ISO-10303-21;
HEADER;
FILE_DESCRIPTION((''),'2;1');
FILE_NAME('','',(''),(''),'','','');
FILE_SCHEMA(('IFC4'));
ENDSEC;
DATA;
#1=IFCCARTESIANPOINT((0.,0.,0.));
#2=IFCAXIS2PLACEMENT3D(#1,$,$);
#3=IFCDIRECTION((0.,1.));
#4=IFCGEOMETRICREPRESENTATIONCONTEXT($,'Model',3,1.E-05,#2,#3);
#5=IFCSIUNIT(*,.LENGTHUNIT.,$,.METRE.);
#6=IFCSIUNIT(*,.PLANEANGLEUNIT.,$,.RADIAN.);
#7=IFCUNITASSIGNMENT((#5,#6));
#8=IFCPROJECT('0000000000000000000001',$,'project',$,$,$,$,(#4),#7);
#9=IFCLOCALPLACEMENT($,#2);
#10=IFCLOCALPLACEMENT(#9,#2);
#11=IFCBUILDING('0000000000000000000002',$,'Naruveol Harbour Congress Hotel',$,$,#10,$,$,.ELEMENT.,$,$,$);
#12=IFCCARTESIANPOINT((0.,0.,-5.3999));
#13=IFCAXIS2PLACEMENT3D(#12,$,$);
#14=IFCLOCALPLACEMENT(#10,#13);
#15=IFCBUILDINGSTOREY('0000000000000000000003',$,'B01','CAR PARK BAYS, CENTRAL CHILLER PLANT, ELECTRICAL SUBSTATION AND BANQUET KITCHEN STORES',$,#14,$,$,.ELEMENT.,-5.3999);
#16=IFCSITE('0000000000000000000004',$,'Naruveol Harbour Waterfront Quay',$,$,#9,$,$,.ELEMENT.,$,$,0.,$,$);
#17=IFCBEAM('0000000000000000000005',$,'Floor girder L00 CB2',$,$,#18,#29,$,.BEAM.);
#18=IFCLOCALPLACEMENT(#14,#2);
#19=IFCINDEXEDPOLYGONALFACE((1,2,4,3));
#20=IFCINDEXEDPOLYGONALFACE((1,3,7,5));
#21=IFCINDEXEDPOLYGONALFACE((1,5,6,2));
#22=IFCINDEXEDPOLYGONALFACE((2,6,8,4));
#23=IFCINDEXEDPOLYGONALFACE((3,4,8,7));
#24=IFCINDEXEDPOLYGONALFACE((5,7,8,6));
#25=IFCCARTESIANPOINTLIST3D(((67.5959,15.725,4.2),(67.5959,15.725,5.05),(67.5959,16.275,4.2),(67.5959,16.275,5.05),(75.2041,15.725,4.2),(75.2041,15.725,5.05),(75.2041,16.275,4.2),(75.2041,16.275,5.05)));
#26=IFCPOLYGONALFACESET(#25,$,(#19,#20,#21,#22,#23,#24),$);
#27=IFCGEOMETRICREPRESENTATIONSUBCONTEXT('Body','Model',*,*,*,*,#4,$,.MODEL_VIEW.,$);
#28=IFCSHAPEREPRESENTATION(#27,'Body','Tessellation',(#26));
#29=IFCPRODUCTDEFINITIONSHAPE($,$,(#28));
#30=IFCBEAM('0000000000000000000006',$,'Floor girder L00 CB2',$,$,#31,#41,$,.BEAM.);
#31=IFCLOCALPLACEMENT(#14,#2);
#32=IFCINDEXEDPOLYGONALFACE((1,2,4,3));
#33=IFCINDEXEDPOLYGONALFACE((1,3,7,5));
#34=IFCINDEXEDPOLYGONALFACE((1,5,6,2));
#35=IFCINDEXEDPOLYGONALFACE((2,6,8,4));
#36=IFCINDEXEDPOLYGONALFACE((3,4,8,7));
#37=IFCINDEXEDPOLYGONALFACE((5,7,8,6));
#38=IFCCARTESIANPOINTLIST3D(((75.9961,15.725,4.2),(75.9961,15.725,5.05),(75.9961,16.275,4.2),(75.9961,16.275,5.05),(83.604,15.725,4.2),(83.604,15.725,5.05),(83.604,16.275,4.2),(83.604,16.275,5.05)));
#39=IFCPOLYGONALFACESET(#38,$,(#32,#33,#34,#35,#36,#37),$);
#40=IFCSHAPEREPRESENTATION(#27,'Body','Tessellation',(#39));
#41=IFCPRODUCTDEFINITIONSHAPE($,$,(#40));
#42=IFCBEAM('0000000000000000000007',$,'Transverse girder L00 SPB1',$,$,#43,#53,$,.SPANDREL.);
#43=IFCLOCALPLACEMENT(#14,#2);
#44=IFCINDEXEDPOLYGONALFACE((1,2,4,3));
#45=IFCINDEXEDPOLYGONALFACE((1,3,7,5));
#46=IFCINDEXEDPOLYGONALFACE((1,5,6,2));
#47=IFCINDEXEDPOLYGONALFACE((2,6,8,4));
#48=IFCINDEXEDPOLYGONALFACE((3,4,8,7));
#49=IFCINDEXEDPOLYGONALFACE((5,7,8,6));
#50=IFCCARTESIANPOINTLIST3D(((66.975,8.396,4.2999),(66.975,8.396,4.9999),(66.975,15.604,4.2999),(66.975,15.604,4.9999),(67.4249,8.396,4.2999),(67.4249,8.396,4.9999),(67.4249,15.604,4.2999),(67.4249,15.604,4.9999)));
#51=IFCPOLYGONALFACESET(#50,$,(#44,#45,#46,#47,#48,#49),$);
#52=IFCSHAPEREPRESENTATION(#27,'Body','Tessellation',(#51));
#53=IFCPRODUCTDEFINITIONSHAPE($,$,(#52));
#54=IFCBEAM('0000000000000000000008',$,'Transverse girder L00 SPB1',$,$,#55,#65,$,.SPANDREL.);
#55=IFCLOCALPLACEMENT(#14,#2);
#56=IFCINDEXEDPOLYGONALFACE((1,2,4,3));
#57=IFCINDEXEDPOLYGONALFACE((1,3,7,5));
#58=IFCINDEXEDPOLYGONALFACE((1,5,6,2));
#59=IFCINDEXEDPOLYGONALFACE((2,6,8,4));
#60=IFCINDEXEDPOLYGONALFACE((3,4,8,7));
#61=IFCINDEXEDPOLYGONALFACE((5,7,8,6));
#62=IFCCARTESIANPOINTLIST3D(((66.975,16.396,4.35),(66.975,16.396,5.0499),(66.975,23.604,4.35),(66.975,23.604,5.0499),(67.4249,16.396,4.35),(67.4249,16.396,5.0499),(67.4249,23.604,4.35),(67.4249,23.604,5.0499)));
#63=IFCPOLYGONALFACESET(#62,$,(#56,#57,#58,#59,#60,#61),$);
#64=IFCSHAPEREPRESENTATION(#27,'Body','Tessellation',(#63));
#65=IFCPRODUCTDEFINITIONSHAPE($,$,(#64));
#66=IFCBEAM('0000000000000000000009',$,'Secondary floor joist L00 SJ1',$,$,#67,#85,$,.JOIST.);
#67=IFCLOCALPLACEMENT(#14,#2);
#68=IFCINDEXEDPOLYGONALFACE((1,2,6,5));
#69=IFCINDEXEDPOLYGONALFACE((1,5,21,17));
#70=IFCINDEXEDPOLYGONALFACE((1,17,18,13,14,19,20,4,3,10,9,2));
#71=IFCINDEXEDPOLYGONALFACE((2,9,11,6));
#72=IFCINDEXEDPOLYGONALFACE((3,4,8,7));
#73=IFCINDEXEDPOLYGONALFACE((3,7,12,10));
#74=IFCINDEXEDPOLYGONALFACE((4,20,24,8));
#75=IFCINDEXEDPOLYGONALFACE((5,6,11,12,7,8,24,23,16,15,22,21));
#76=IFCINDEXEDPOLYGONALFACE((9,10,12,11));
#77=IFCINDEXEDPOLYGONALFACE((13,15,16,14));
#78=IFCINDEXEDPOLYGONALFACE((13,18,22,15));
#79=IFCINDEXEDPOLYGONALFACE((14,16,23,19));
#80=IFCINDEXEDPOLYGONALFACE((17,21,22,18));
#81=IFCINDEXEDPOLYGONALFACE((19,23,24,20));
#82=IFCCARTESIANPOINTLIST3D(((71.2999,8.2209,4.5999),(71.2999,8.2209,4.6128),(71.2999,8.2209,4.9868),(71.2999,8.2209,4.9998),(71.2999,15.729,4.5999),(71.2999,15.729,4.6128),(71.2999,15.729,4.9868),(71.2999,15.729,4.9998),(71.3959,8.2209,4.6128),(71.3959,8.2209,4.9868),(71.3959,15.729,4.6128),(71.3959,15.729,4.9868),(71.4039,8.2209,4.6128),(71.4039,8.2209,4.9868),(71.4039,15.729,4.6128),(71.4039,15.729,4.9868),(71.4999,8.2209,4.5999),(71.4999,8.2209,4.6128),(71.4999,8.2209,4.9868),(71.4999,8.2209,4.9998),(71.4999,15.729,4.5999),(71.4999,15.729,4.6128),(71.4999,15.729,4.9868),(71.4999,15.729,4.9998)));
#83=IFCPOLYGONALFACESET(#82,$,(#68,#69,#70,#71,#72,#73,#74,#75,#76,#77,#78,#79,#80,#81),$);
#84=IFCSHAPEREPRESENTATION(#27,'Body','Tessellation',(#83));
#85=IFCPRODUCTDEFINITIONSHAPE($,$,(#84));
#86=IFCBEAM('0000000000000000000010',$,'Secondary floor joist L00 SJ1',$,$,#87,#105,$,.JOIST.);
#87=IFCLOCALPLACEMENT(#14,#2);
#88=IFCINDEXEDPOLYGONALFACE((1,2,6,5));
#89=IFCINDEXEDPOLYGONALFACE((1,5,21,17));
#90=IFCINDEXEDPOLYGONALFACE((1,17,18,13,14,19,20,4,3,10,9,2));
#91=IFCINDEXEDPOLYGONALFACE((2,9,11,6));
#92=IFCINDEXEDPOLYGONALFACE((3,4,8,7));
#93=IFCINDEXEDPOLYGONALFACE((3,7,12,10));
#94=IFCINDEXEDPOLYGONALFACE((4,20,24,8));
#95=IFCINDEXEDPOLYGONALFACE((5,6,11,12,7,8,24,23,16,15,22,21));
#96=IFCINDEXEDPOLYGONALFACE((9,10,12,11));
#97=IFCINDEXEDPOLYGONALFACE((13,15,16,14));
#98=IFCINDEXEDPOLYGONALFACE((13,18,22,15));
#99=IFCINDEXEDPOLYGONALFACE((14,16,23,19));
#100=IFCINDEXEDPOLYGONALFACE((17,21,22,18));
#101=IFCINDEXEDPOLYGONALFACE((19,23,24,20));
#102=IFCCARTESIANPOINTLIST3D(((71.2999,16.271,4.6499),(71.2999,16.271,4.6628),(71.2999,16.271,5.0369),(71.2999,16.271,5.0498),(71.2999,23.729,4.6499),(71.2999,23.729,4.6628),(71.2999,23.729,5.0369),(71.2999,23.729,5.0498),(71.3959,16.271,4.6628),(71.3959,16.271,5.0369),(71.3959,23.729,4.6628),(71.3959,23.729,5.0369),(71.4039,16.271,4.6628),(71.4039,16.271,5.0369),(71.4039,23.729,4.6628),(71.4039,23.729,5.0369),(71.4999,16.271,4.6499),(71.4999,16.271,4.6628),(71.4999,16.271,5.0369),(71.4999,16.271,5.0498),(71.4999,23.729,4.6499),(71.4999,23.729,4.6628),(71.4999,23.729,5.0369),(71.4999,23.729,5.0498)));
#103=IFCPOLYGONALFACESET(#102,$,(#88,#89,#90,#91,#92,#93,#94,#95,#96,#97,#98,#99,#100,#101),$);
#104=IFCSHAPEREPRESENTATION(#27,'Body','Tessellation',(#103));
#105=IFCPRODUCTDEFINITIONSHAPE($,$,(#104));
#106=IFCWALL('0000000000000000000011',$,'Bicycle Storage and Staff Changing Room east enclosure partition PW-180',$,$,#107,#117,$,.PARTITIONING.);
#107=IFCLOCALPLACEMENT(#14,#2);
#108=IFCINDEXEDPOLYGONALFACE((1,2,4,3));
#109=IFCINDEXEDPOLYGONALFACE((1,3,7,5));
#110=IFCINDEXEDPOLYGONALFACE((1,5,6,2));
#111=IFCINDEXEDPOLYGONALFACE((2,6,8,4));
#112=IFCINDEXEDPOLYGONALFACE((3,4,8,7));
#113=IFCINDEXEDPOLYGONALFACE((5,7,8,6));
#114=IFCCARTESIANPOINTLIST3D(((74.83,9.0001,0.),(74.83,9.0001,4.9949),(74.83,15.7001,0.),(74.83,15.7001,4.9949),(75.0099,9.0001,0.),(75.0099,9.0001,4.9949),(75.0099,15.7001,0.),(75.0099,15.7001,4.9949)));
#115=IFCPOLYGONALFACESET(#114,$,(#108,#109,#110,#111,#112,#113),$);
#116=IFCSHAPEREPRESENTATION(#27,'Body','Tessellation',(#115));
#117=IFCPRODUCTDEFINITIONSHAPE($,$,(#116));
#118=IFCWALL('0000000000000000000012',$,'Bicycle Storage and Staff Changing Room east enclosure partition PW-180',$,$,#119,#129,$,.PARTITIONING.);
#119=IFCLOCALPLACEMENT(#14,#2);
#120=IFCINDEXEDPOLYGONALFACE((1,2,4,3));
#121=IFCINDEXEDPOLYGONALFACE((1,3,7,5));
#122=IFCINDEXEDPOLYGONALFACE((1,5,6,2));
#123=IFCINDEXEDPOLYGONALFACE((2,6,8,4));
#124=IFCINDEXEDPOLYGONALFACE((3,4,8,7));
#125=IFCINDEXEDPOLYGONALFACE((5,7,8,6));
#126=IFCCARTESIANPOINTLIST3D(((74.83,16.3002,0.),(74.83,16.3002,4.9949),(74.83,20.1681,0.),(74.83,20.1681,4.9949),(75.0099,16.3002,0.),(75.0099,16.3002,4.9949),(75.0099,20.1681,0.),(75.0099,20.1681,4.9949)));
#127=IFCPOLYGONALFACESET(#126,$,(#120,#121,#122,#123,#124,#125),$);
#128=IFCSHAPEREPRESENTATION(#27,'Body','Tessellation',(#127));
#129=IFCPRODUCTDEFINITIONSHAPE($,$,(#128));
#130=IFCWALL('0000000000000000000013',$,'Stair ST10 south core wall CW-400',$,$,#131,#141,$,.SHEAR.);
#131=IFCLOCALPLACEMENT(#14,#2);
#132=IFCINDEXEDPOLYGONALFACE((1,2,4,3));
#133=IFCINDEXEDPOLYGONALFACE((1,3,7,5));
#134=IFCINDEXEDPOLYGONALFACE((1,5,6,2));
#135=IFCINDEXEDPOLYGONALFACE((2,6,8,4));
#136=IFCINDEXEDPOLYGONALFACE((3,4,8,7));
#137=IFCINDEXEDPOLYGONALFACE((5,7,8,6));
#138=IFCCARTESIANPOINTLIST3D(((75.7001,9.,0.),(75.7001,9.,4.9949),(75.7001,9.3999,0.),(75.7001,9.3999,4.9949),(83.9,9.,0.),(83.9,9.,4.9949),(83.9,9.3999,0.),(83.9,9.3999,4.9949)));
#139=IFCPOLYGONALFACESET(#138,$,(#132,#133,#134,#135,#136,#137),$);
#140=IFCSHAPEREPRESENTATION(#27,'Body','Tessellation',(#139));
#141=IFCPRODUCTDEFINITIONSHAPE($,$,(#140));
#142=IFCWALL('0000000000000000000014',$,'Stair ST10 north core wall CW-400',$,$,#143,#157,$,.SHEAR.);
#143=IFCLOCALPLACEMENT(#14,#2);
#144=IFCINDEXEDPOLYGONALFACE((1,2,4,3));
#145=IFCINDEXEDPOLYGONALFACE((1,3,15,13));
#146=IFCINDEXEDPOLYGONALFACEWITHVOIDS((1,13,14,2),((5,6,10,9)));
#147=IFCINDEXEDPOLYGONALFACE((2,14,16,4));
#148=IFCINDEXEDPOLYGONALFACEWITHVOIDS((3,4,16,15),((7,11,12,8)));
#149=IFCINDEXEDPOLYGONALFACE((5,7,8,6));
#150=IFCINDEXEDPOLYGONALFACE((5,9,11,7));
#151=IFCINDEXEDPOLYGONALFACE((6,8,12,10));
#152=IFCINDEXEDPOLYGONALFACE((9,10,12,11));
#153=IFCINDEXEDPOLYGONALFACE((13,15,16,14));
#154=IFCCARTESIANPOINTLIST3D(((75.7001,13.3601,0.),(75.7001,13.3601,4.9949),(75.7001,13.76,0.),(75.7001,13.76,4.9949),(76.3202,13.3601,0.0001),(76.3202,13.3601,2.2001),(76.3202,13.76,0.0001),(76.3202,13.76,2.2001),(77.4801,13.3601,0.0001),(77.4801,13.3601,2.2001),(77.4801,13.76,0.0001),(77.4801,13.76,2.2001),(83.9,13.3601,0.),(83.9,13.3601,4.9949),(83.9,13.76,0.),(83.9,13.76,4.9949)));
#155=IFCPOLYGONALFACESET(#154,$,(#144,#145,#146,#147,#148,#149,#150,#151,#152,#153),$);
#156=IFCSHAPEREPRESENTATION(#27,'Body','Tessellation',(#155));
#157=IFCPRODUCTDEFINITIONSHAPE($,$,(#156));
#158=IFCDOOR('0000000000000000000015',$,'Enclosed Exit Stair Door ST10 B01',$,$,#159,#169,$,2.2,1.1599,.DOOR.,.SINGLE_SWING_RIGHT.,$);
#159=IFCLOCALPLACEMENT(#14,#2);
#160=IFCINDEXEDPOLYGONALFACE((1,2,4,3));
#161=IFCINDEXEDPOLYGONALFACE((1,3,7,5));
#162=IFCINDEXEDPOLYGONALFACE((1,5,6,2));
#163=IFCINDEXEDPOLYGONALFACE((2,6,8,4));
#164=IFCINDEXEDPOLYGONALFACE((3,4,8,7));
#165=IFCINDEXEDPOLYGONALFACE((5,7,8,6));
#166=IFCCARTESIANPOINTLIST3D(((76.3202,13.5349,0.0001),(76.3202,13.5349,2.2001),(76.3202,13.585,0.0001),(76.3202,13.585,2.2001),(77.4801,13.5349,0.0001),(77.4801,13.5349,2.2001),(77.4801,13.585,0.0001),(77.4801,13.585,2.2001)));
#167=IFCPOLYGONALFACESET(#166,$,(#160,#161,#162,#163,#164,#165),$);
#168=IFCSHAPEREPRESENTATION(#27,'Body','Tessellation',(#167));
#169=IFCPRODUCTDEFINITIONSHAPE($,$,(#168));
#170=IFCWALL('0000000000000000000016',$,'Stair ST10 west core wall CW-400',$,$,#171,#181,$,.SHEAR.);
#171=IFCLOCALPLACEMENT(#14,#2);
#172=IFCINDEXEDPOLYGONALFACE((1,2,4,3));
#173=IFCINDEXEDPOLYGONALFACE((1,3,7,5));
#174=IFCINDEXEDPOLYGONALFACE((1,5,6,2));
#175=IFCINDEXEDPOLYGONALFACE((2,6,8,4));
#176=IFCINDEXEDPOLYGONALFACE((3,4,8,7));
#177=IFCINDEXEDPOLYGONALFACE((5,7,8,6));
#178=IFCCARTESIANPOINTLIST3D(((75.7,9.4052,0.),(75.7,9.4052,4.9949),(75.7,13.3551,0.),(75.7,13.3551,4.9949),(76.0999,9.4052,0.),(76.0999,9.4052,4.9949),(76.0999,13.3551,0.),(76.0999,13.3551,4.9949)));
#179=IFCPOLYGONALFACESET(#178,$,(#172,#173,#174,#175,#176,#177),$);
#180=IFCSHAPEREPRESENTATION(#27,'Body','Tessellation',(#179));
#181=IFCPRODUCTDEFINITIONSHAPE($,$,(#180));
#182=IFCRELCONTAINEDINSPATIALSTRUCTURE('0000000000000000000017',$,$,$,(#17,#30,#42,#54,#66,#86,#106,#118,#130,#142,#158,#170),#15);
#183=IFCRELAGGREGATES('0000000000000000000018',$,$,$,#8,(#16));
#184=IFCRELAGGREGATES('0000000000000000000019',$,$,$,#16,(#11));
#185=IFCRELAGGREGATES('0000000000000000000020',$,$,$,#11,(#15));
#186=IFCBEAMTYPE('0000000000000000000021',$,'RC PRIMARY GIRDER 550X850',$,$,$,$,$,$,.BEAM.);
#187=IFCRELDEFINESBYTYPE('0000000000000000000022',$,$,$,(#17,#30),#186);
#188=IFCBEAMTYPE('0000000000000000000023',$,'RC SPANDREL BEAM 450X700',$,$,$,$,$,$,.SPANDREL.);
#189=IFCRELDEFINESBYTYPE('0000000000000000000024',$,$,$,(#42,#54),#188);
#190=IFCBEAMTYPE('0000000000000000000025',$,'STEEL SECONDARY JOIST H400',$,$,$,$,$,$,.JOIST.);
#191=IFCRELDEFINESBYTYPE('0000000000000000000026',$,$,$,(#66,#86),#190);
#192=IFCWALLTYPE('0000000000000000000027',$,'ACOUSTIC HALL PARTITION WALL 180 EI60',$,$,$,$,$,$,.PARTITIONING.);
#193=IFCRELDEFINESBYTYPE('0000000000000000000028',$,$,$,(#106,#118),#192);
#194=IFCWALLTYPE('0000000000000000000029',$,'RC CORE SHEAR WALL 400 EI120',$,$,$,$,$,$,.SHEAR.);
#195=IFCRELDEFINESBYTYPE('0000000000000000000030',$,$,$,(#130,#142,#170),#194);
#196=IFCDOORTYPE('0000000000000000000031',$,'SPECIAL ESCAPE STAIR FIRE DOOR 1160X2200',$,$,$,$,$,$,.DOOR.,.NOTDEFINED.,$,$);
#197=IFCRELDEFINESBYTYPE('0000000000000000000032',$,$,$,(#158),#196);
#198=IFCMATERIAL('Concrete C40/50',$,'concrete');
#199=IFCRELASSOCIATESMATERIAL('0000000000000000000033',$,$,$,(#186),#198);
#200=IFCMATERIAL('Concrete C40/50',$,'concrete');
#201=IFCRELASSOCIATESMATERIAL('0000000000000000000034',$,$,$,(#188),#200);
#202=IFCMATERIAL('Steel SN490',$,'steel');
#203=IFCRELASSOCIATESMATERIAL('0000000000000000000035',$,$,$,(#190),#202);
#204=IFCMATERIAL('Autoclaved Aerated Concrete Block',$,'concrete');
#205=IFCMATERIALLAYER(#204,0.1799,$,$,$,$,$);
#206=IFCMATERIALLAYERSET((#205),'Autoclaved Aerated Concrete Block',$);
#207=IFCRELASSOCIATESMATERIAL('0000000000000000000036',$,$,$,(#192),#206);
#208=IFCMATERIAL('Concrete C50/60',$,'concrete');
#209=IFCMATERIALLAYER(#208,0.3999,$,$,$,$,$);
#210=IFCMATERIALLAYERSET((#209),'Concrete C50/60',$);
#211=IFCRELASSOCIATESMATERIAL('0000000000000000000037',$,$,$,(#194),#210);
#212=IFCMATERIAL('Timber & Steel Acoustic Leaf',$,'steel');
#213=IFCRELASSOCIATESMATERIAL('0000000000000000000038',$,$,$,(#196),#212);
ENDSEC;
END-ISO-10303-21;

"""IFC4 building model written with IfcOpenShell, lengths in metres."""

from ifc_helpers import new_model, si_unit, direction, frame, frame_2d, origin, origin_2d, place, context, subcontext, project, spatial, rectangle, i_section, extrude, material, layer, layer_set, material_profile, profile_set, type_object, element, fill, save


model = new_model("IFC4")

# Units and contexts
model_context = context("Model", 3, precision=1e-05, world=origin(), true_north=direction((0.0, 1.0)))
body_context = subcontext(model_context, "Body", "Model", "MODEL_VIEW")
ifc_project = project(units=[si_unit("LENGTHUNIT", "METRE"), si_unit("PLANEANGLEUNIT", "RADIAN")], contexts=[model_context])

# Site, building, storey
site_placement = place(None, origin())
site = spatial("IfcSite", under=ifc_project, at=site_placement, Name="Naruveol Harbour Waterfront Quay", CompositionType="ELEMENT", RefElevation=0.0)
building_placement = place(site_placement, origin())
building = spatial("IfcBuilding", under=site, at=building_placement, Name="Naruveol Harbour Congress Hotel", CompositionType="ELEMENT")
storey_placement = place(building_placement, frame((0.0, 0.0, -5.3999)))
storey = spatial("IfcBuildingStorey", under=building, at=storey_placement, Name="B01", Description="CAR PARK BAYS, CENTRAL CHILLER PLANT, ELECTRICAL SUBSTATION AND BANQUET KITCHEN STORES", CompositionType="ELEMENT", Elevation=-5.3999)

# Beams
ifc_material_1 = material(Name="Concrete C40/50", Category="concrete")
ifc_material_profile_1 = material_profile(ifc_material_1, rectangle(XDim=0.55, YDim=0.8501, at=origin_2d()), Name="RCB-550x850")
ifc_profile_set_1 = profile_set([ifc_material_profile_1], Name="Concrete C40/50")
beam_type_1 = type_object("IfcBeamType", Name="RC PRIMARY GIRDER 550X850", PredefinedType="BEAM", material=ifc_profile_set_1)
beam_1_placement = place(storey_placement, frame((67.5959, 16.0, 4.625), z_axis=(1.0, 0.0, 0.0), x_axis=(0.0, 1.0, 0.0)))
element("IfcBeam", 1, at=beam_1_placement, inside=storey, type_object=beam_type_1, Name="Floor girder L00 CB2", PredefinedType="BEAM", context=body_context, shape_type="SweptSolid", body=[
    extrude(rectangle(XDim=0.55, YDim=0.8501, at=origin_2d()), origin(), (0.0, 0.0, 1.0), 7.6082),
])
beam_2_placement = place(storey_placement, frame((75.9961, 16.0, 4.625), z_axis=(1.0, 0.0, 0.0), x_axis=(0.0, 1.0, 0.0)))
element("IfcBeam", 2, at=beam_2_placement, inside=storey, type_object=beam_type_1, Name="Floor girder L00 CB2", PredefinedType="BEAM", context=body_context, shape_type="SweptSolid", body=[
    extrude(rectangle(XDim=0.55, YDim=0.8501, at=origin_2d()), origin(), (0.0, 0.0, 1.0), 7.6079),
])
ifc_material_2 = material(Name="Concrete C40/50", Category="concrete")
ifc_material_profile_2 = material_profile(ifc_material_2, rectangle(XDim=0.45, YDim=0.7, at=origin_2d()), Name="RCB-450x700")
ifc_profile_set_2 = profile_set([ifc_material_profile_2], Name="Concrete C40/50")
beam_type_2 = type_object("IfcBeamType", Name="RC SPANDREL BEAM 450X700", PredefinedType="SPANDREL", material=ifc_profile_set_2)
for number, where, z_axis, x_axis, name in (
    (3, (67.2, 8.396, 4.6499), (0.0, 1.0, 0.0), (-1.0, 0.0, 0.0), "Transverse girder L00 SPB1"),
    (4, (67.2, 16.396, 4.7), (0.0, 1.0, 0.0), (-1.0, 0.0, 0.0), "Transverse girder L00 SPB1"),
):
    element("IfcBeam", number, at=place(storey_placement, frame(where, z_axis=z_axis, x_axis=x_axis)), inside=storey, type_object=beam_type_2, Name=name, PredefinedType="SPANDREL", context=body_context, shape_type="SweptSolid", body=[
        extrude(rectangle(XDim=0.45, YDim=0.7, at=origin_2d()), origin(), (0.0, 0.0, 1.0), 7.208),
    ])
ifc_material_3 = material(Name="Steel SN490", Category="steel")
ifc_material_profile_3 = material_profile(ifc_material_3, i_section(OverallWidth=0.2, OverallDepth=0.3999, WebThickness=0.0081, FlangeThickness=0.0129, at=origin_2d()), Name="H-400x200x8x13")
ifc_profile_set_3 = profile_set([ifc_material_profile_3], Name="Steel SN490")
beam_type_3 = type_object("IfcBeamType", Name="STEEL SECONDARY JOIST H400", PredefinedType="JOIST", material=ifc_profile_set_3)
beam_3_placement = place(storey_placement, frame((71.3999, 8.2209, 4.7998), z_axis=(0.0, 1.0, 0.0), x_axis=(-1.0, 0.0, 0.0)))
element("IfcBeam", 5, at=beam_3_placement, inside=storey, type_object=beam_type_3, Name="Secondary floor joist L00 SJ1", PredefinedType="JOIST", context=body_context, shape_type="SweptSolid", body=[
    extrude(i_section(OverallWidth=0.2, OverallDepth=0.3999, WebThickness=0.0081, FlangeThickness=0.0129, at=origin_2d()), origin(), (0.0, 0.0, 1.0), 7.5081),
])
beam_4_placement = place(storey_placement, frame((71.3999, 16.271, 4.8499), z_axis=(0.0, 1.0, 0.0), x_axis=(-1.0, 0.0, 0.0)))
element("IfcBeam", 6, at=beam_4_placement, inside=storey, type_object=beam_type_3, Name="Secondary floor joist L00 SJ1", PredefinedType="JOIST", context=body_context, shape_type="SweptSolid", body=[
    extrude(i_section(OverallWidth=0.2, OverallDepth=0.3999, WebThickness=0.0081, FlangeThickness=0.0129, at=origin_2d()), origin(), (0.0, 0.0, 1.0), 7.458),
])

# Walls
ifc_material_4 = material(Name="Autoclaved Aerated Concrete Block", Category="concrete")
ifc_layer_1 = layer(ifc_material_4, 0.1799)
ifc_layer_set_1 = layer_set([ifc_layer_1], Name="Autoclaved Aerated Concrete Block")
wall_type_1 = type_object("IfcWallType", Name="ACOUSTIC HALL PARTITION WALL 180 EI60", PredefinedType="PARTITIONING", material=ifc_layer_set_1)
wall_1_placement = place(storey_placement, frame((74.9199, 9.0, 0.0), z_axis=(0.0, 0.0, 1.0), x_axis=(0.0, 1.0, 0.0)))
element("IfcWall", 7, at=wall_1_placement, inside=storey, type_object=wall_type_1, Name="Bicycle Storage and Staff Changing Room east enclosure partition PW-180", PredefinedType="PARTITIONING", context=body_context, shape_type="SweptSolid", body=[
    extrude(rectangle(XDim=6.7, YDim=0.1799, at=frame_2d((3.3501, 0.0))), origin(), (0.0, 0.0, 1.0), 4.9949),
])
wall_2_placement = place(storey_placement, frame((74.9199, 16.3, 0.0), z_axis=(0.0, 0.0, 1.0), x_axis=(0.0, 1.0, 0.0)))
element("IfcWall", 8, at=wall_2_placement, inside=storey, type_object=wall_type_1, Name="Bicycle Storage and Staff Changing Room east enclosure partition PW-180", PredefinedType="PARTITIONING", context=body_context, shape_type="SweptSolid", body=[
    extrude(rectangle(XDim=3.8679, YDim=0.1799, at=frame_2d((1.9341, 0.0))), origin(), (0.0, 0.0, 1.0), 4.9949),
])
ifc_material_5 = material(Name="Concrete C50/60", Category="concrete")
ifc_layer_2 = layer(ifc_material_5, 0.3999)
ifc_layer_set_2 = layer_set([ifc_layer_2], Name="Concrete C50/60")
wall_type_2 = type_object("IfcWallType", Name="RC CORE SHEAR WALL 400 EI120", PredefinedType="SHEAR", material=ifc_layer_set_2)
wall_3_placement = place(storey_placement, frame((75.7, 9.2, 0.0), z_axis=(0.0, 0.0, 1.0), x_axis=(1.0, 0.0, 0.0)))
element("IfcWall", 9, at=wall_3_placement, inside=storey, type_object=wall_type_2, Name="Stair ST10 south core wall CW-400", PredefinedType="SHEAR", context=body_context, shape_type="SweptSolid", body=[
    extrude(rectangle(XDim=8.2, YDim=0.3999, at=frame_2d((4.1001, 0.0))), origin(), (0.0, 0.0, 1.0), 4.9949),
])

# Wall, opening, door
wall_4_placement = place(storey_placement, frame((75.7, 13.5601, 0.0), z_axis=(0.0, 0.0, 1.0), x_axis=(1.0, 0.0, 0.0)))
wall_4 = element("IfcWall", 10, at=wall_4_placement, inside=storey, type_object=wall_type_2, Name="Stair ST10 north core wall CW-400", PredefinedType="SHEAR", context=body_context, shape_type="SweptSolid", body=[
    extrude(rectangle(XDim=8.2, YDim=0.3999, at=frame_2d((4.1001, 0.0))), origin(), (0.0, 0.0, 1.0), 4.9949),
])
opening_placement = place(wall_4_placement, frame((0.6201, 0.0, 0.0)))
opening = element("IfcOpeningElement", 11, at=opening_placement, cuts=wall_4, PredefinedType="OPENING", context=body_context, shape_type="SweptSolid", body=[
    extrude(rectangle(XDim=1.1599, YDim=2.2, at=frame_2d((0.5801, 1.1001))), frame((0.0, 0.21, 0.0), z_axis=(0.0, -1.0, 0.0), x_axis=(1.0, 0.0, 0.0)), (0.0, 0.0, 1.0), 0.4199),
])
ifc_material_6 = material(Name="Timber & Steel Acoustic Leaf", Category="steel")
door_type = type_object("IfcDoorType", Name="SPECIAL ESCAPE STAIR FIRE DOOR 1160X2200", OperationType="NOTDEFINED", PredefinedType="DOOR", material=ifc_material_6)
door_placement = place(opening_placement, origin())
door = element("IfcDoor", 12, at=door_placement, inside=storey, type_object=door_type, Name="Enclosed Exit Stair Door ST10 B01", OperationType="SINGLE_SWING_RIGHT", OverallHeight=2.2, OverallWidth=1.1599, PredefinedType="DOOR", context=body_context, shape_type="SweptSolid", body=[
    extrude(rectangle(XDim=1.1599, YDim=2.2, at=frame_2d((0.5801, 1.1001))), frame((0.0, 0.0249, 0.0), z_axis=(0.0, -1.0, 0.0), x_axis=(1.0, 0.0, 0.0)), (0.0, 0.0, 1.0), 0.05),
])
fill(opening, door)

# Wall
wall_5_placement = place(storey_placement, frame((75.8999, 9.405, 0.0), z_axis=(0.0, 0.0, 1.0), x_axis=(0.0, 1.0, 0.0)))
element("IfcWall", 13, at=wall_5_placement, inside=storey, type_object=wall_type_2, Name="Stair ST10 west core wall CW-400", PredefinedType="SHEAR", context=body_context, shape_type="SweptSolid", body=[
    extrude(rectangle(XDim=3.95, YDim=0.3999, at=frame_2d((1.9751, 0.0))), origin(), (0.0, 0.0, 1.0), 4.9949),
])

save(model, "model.ifc")
